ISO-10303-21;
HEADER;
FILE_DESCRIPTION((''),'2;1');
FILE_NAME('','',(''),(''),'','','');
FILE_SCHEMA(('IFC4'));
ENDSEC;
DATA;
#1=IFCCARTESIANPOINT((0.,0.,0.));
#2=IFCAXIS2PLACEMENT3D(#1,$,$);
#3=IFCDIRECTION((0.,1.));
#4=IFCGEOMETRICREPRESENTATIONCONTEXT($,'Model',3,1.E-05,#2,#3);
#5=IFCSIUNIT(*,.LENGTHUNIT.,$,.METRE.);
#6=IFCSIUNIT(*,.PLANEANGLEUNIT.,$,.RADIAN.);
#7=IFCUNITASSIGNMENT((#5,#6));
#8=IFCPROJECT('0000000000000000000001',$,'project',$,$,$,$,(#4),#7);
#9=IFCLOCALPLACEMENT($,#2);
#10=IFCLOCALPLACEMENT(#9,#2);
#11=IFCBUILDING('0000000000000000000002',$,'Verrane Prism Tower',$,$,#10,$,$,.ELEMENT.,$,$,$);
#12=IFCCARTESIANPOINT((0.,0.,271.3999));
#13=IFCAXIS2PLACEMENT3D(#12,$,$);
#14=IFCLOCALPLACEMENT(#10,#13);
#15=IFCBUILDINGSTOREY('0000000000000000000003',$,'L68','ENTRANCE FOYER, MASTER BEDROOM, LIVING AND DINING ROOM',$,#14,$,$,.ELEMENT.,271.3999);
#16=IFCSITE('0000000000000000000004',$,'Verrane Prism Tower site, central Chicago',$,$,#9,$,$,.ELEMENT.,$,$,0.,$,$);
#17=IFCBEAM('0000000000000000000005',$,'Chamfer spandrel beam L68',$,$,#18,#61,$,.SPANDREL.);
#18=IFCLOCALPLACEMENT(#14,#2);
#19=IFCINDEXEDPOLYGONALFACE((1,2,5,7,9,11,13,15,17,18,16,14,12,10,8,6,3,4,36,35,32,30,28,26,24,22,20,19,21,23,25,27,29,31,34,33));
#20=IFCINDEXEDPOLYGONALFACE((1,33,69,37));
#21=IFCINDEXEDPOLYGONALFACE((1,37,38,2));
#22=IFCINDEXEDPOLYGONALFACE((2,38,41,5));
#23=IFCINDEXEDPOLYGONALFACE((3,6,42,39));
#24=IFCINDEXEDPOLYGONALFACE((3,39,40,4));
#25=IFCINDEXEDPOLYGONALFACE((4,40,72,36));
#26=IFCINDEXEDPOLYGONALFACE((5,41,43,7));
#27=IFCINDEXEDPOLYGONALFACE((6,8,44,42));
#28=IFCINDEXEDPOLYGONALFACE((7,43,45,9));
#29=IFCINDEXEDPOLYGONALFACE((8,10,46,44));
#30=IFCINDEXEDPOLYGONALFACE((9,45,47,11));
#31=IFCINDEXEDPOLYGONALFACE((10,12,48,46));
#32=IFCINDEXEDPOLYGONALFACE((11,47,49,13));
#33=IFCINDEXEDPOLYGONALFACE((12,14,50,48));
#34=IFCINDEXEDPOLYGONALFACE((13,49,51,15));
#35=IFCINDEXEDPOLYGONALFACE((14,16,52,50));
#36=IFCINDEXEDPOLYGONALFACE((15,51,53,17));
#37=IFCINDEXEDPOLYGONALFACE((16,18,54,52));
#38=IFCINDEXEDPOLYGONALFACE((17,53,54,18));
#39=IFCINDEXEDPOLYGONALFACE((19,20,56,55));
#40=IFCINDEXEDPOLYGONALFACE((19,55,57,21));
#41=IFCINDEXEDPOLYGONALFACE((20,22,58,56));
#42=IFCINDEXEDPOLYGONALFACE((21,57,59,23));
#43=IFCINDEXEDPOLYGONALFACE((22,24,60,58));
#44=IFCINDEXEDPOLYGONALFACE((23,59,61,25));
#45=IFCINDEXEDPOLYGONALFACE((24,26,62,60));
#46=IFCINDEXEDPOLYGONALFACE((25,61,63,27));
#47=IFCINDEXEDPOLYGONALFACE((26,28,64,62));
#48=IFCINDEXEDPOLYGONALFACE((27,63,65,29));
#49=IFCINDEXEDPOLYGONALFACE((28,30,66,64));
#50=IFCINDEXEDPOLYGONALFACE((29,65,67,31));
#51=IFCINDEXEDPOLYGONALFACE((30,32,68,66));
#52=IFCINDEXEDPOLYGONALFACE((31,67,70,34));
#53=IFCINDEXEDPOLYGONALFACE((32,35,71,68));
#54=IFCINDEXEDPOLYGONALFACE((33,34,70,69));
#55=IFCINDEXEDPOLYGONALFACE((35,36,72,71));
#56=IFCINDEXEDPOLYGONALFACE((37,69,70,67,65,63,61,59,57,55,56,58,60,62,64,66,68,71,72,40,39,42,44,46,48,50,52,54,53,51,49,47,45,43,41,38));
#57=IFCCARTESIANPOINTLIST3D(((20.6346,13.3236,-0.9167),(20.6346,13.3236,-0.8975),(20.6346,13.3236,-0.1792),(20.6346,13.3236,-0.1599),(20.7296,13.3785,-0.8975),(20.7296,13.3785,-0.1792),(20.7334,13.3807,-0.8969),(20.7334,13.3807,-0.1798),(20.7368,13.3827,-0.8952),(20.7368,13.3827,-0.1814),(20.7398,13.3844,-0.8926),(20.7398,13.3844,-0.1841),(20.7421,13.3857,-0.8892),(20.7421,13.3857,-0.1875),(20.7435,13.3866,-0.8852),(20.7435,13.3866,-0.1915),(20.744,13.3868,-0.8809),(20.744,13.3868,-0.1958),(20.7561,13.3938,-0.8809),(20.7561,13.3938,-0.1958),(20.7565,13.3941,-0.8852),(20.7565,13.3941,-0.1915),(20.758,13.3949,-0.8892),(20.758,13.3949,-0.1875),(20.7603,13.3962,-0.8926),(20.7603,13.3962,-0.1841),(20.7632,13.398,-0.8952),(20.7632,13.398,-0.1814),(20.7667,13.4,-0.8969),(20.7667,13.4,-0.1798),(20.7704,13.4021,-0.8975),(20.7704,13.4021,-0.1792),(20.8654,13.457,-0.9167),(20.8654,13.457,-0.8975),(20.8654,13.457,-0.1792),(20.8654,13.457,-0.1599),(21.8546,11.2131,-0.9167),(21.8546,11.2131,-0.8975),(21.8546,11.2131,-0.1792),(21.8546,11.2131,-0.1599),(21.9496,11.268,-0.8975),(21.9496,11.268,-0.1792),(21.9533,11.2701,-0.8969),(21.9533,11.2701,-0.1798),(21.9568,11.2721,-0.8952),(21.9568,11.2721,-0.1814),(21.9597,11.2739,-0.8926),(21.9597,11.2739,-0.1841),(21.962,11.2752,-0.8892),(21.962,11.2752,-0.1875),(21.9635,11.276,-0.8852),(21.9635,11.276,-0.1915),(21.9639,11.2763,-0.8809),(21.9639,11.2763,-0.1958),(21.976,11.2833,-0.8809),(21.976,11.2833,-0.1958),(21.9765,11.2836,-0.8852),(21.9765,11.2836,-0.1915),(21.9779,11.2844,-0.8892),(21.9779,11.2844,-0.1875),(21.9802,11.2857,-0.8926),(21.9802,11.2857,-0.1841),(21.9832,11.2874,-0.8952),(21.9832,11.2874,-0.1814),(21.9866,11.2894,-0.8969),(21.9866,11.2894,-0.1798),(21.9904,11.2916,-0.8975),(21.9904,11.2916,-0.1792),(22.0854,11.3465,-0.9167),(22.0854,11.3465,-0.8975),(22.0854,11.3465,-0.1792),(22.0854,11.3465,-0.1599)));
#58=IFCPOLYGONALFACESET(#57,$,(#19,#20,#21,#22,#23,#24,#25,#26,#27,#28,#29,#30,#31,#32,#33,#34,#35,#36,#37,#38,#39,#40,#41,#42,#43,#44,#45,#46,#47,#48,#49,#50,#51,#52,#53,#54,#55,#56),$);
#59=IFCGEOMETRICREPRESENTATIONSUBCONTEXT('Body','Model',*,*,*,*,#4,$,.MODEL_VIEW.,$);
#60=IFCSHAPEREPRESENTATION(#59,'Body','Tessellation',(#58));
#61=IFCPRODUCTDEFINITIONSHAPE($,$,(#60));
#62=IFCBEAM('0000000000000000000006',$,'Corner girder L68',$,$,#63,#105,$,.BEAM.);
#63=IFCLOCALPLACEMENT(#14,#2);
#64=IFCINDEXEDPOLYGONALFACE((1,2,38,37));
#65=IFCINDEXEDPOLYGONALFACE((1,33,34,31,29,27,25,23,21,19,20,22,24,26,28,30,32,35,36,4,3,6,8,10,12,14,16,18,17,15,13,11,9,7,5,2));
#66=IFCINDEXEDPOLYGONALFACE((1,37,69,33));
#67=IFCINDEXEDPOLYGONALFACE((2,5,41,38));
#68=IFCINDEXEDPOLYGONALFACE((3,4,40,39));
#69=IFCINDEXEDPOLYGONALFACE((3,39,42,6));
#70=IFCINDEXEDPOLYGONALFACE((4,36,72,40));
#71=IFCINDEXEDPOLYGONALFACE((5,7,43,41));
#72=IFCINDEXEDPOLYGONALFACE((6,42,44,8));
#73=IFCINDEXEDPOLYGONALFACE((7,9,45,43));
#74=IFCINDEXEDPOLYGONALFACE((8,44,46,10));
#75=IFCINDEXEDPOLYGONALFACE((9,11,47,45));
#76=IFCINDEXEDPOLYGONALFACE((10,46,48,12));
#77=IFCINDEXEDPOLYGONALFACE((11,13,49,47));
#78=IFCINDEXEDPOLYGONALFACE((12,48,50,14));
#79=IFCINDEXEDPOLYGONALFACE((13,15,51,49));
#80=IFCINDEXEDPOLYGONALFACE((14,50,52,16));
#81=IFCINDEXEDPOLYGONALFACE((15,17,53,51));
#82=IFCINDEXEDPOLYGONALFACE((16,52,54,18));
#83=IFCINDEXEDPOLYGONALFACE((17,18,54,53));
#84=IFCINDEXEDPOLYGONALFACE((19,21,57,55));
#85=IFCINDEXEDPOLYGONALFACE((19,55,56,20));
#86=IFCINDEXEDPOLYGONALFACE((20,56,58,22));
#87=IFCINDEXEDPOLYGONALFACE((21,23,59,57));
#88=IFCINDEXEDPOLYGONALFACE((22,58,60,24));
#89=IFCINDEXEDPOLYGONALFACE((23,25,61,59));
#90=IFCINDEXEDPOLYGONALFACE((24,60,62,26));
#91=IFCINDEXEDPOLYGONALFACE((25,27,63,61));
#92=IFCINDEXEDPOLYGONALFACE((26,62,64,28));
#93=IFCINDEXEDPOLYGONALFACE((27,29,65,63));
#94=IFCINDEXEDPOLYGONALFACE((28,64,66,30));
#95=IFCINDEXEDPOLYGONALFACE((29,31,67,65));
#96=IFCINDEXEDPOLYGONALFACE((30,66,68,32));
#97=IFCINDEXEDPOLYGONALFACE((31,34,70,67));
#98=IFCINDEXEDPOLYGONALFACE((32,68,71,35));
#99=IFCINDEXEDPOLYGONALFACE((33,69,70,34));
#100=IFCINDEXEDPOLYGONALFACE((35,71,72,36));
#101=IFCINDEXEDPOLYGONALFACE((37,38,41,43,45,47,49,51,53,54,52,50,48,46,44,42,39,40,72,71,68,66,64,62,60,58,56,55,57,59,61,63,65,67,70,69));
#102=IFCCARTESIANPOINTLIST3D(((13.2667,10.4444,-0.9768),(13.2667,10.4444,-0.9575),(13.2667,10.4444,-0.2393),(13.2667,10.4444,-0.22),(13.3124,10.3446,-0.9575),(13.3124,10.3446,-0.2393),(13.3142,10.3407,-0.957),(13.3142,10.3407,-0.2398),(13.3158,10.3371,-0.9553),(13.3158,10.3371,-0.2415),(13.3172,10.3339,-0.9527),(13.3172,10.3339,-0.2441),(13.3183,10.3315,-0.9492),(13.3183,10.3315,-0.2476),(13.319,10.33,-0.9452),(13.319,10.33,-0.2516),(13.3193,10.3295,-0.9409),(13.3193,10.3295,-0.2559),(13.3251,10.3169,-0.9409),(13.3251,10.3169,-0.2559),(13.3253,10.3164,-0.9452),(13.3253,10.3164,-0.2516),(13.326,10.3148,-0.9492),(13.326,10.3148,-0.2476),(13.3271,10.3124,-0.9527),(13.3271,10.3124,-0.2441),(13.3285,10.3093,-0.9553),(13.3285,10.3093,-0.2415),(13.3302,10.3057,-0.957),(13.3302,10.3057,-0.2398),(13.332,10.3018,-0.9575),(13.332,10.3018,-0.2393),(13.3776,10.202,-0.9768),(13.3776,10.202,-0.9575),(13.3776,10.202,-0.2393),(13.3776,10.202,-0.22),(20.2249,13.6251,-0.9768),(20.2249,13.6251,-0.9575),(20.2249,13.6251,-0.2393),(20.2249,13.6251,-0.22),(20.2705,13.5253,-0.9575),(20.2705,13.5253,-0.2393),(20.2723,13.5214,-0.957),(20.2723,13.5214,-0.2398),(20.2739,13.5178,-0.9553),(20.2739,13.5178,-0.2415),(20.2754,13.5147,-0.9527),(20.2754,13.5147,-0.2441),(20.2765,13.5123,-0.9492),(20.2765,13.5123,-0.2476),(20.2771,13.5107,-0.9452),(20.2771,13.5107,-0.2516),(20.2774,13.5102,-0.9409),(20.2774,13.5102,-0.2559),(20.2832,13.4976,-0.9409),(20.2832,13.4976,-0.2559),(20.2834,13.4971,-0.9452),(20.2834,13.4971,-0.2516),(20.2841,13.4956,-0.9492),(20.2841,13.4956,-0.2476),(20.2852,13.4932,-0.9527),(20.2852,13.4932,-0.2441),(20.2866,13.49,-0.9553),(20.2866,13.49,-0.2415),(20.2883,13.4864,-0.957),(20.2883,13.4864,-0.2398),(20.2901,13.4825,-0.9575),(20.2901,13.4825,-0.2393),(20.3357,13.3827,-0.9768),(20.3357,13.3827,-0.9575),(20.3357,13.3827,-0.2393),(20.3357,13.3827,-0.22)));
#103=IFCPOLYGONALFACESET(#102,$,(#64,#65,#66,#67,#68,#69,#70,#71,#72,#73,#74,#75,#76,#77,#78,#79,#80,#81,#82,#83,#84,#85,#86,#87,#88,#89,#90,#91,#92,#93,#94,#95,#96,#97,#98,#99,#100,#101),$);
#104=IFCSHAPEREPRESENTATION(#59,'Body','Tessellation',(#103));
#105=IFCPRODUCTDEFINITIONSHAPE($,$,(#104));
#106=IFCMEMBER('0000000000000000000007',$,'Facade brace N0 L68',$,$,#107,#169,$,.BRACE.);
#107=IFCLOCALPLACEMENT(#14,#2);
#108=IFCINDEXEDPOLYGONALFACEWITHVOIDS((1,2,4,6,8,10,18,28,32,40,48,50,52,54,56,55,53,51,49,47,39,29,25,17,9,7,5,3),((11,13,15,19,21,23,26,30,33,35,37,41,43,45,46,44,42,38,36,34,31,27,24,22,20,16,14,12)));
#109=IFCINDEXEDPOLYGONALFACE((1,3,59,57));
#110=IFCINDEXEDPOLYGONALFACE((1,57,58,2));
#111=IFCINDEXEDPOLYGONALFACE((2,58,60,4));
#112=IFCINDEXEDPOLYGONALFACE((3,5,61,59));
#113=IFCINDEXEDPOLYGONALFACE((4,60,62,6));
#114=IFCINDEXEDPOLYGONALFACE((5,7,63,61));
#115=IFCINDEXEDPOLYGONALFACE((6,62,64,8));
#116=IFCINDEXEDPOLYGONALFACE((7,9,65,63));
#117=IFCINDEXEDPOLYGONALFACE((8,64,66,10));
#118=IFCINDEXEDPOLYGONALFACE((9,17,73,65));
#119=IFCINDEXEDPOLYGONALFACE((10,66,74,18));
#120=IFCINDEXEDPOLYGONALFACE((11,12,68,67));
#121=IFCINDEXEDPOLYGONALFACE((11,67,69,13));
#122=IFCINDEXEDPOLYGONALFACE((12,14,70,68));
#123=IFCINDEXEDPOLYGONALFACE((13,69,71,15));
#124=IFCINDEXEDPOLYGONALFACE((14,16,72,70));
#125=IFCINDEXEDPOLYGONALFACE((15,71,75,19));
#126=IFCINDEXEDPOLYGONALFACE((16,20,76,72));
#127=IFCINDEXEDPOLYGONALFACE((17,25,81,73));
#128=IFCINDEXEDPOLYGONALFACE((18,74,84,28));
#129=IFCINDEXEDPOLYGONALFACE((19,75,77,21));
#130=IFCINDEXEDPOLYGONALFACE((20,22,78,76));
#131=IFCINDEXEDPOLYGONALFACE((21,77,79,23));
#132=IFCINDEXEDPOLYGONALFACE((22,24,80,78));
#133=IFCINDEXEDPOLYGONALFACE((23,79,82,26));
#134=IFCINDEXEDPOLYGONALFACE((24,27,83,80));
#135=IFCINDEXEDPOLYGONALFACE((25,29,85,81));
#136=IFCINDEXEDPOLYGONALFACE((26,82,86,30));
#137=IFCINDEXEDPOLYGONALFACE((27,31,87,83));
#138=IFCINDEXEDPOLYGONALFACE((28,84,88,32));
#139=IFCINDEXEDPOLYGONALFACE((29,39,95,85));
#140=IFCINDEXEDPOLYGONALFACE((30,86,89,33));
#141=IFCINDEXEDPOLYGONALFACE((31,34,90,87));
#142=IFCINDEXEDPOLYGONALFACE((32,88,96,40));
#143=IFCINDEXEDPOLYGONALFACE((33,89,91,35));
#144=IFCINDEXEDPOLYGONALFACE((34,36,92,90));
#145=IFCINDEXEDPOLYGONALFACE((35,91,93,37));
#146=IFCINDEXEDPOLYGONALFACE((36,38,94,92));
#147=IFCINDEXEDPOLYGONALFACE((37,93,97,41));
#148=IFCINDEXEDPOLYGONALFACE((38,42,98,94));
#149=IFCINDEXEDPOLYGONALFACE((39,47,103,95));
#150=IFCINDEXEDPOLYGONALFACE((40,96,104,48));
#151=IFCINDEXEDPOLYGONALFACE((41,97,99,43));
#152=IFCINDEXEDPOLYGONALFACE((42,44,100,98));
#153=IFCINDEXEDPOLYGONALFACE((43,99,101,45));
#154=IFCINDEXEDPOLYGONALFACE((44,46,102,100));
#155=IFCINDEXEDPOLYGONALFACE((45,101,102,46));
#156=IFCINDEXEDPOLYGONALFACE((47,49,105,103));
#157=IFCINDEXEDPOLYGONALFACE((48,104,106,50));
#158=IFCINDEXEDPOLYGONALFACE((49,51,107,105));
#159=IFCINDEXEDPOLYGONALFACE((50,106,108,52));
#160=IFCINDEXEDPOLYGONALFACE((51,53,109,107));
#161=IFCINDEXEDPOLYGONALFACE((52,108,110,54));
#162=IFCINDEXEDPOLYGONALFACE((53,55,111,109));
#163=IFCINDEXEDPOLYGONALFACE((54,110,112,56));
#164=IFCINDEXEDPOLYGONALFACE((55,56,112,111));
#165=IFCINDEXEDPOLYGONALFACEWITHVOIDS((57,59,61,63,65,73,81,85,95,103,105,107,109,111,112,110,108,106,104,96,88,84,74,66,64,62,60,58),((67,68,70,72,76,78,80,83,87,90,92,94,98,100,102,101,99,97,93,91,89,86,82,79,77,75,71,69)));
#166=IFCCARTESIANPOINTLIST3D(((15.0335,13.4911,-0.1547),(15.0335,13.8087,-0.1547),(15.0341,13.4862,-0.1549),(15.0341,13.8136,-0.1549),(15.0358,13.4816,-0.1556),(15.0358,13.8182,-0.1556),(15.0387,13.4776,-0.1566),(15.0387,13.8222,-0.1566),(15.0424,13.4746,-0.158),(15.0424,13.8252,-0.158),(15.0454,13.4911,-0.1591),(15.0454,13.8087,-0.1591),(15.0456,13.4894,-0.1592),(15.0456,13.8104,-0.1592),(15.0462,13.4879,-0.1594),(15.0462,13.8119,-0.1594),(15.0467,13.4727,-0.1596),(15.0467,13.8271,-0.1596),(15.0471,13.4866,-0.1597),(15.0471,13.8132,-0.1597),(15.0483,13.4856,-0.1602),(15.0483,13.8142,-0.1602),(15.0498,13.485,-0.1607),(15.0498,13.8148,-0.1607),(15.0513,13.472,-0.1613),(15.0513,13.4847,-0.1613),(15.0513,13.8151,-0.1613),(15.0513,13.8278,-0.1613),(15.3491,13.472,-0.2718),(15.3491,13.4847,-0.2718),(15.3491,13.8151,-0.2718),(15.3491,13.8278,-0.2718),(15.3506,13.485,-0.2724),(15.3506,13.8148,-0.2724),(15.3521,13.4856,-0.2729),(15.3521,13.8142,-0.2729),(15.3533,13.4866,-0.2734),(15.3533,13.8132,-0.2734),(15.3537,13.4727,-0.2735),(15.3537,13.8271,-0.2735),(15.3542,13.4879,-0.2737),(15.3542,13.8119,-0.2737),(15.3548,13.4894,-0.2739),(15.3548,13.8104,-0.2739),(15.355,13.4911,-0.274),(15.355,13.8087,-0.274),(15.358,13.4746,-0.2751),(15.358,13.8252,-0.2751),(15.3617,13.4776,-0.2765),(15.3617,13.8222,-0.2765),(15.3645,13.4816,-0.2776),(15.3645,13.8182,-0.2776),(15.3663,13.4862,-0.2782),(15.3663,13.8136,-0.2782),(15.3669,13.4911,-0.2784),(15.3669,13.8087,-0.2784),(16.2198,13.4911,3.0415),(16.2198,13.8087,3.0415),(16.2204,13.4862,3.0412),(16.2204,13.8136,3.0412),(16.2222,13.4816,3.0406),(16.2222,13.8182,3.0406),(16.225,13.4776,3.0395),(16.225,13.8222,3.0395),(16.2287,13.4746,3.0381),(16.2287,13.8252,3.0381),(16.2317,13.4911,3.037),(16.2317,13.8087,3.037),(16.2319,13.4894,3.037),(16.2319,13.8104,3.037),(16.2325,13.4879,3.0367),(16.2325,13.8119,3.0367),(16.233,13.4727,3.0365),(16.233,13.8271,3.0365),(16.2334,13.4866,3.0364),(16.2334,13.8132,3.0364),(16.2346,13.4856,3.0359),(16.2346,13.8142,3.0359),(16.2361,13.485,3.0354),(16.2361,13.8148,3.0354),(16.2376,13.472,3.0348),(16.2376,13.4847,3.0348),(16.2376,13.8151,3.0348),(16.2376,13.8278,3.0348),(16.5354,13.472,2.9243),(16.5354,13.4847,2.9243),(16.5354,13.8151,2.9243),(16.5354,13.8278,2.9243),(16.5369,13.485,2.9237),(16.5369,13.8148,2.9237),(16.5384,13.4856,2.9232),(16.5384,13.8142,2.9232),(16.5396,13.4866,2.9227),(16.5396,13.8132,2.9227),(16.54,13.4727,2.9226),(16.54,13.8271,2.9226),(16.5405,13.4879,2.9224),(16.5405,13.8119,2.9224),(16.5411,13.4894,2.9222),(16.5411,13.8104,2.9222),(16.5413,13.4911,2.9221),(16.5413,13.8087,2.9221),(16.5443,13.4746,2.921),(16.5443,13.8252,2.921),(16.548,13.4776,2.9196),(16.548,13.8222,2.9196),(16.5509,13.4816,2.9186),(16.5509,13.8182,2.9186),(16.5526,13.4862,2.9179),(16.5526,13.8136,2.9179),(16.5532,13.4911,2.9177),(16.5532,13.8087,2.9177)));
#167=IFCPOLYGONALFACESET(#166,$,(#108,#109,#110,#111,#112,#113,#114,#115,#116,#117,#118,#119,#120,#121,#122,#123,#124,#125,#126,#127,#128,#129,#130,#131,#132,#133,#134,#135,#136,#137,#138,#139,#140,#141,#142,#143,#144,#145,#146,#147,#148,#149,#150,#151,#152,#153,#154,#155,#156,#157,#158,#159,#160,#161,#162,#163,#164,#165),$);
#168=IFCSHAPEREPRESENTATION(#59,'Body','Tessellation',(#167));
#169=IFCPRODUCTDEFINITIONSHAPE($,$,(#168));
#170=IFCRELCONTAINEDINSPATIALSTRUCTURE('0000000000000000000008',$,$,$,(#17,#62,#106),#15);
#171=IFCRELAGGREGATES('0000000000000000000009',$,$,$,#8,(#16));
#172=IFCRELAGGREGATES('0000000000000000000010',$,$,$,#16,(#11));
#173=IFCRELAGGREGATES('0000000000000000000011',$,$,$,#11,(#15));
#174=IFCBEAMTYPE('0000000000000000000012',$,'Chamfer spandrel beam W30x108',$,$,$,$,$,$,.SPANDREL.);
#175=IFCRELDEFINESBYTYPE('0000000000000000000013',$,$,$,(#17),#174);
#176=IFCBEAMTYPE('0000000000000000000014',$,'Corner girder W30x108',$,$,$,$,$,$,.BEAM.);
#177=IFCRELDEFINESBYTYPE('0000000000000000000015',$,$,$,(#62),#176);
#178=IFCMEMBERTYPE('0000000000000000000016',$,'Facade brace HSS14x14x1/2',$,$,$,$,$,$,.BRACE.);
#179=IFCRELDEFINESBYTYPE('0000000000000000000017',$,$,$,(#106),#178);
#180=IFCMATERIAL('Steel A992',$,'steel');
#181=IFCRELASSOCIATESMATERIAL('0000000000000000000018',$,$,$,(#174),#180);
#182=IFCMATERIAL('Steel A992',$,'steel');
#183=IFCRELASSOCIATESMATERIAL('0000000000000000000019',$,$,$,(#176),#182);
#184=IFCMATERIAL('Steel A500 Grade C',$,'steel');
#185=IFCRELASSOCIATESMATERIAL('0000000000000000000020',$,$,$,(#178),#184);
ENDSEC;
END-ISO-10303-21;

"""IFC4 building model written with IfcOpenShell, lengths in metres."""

from ifc_helpers import new_model, si_unit, direction, frame, origin, origin_2d, place, context, subcontext, project, spatial, hollow_rectangle, i_section, extrude, material, material_profile, profile_set, type_object, element, save


model = new_model("IFC4")

# Units and contexts
model_context = context("Model", 3, precision=1e-05, world=origin(), true_north=direction((0.0, 1.0)))
body_context = subcontext(model_context, "Body", "Model", "MODEL_VIEW")
ifc_project = project(units=[si_unit("LENGTHUNIT", "METRE"), si_unit("PLANEANGLEUNIT", "RADIAN")], contexts=[model_context])

# Site, building, storey
site_placement = place(None, origin())
site = spatial("IfcSite", under=ifc_project, at=site_placement, Name="Verrane Prism Tower site, central Chicago", CompositionType="ELEMENT", RefElevation=0.0)
building_placement = place(site_placement, origin())
building = spatial("IfcBuilding", under=site, at=building_placement, Name="Verrane Prism Tower", CompositionType="ELEMENT")
storey_placement = place(building_placement, frame((0.0, 0.0, 271.3999)))
storey = spatial("IfcBuildingStorey", under=building, at=storey_placement, Name="L68", Description="ENTRANCE FOYER, MASTER BEDROOM, LIVING AND DINING ROOM", CompositionType="ELEMENT", Elevation=271.3999)

# Beams
ifc_material_1 = material(Name="Steel A992", Category="steel")
ifc_material_profile_1 = material_profile(ifc_material_1, i_section(OverallWidth=0.2666, OverallDepth=0.7568, WebThickness=0.0139, FlangeThickness=0.0193, FilletRadius=0.0166, at=origin_2d()), Name="W30x108")
ifc_profile_set_1 = profile_set([ifc_material_profile_1], Name="Steel A992")
beam_type_1 = type_object("IfcBeamType", Name="Chamfer spandrel beam W30x108", PredefinedType="SPANDREL", material=ifc_profile_set_1)
beam_1_placement = place(storey_placement, frame((21.97, 11.2798, -0.5383), z_axis=(-0.500436, 0.865773, 0.0), x_axis=(-0.865773, -0.500436, 0.0)))
element("IfcBeam", 1, at=beam_1_placement, inside=storey, type_object=beam_type_1, Name="Chamfer spandrel beam L68", PredefinedType="SPANDREL", context=body_context, shape_type="SweptSolid", body=[
    extrude(i_section(OverallWidth=0.2666, OverallDepth=0.7568, WebThickness=0.0139, FlangeThickness=0.0193, FilletRadius=0.0166, at=origin_2d()), origin(), (0.0, 0.0, 1.0), 2.4377),
])
ifc_material_2 = material(Name="Steel A992", Category="steel")
ifc_material_profile_2 = material_profile(ifc_material_2, i_section(OverallWidth=0.2666, OverallDepth=0.7568, WebThickness=0.0139, FlangeThickness=0.0193, FilletRadius=0.0166, at=origin_2d()), Name="W30x108")
ifc_profile_set_2 = profile_set([ifc_material_profile_2], Name="Steel A992")
beam_type_2 = type_object("IfcBeamType", Name="Corner girder W30x108", PredefinedType="BEAM", material=ifc_profile_set_2)
beam_2_placement = place(storey_placement, frame((20.2803, 13.5039, -0.5984), z_axis=(-0.909481, -0.415745, 0.0), x_axis=(0.415745, -0.909481, 0.0)))
element("IfcBeam", 2, at=beam_2_placement, inside=storey, type_object=beam_type_2, Name="Corner girder L68", PredefinedType="BEAM", context=body_context, shape_type="SweptSolid", body=[
    extrude(i_section(OverallWidth=0.2666, OverallDepth=0.7568, WebThickness=0.0139, FlangeThickness=0.0193, FilletRadius=0.0166, at=origin_2d()), origin(), (0.0, 0.0, 1.0), 7.6506),
])

# Member
ifc_material_3 = material(Name="Steel A500 Grade C", Category="steel")
ifc_material_profile_3 = material_profile(ifc_material_3, hollow_rectangle(XDim=0.3557, YDim=0.3557, WallThickness=0.0127, InnerFilletRadius=0.0063, OuterFilletRadius=0.019, at=origin_2d()), Name="HSS14x14x1/2")
ifc_profile_set_3 = profile_set([ifc_material_profile_3], Name="Steel A500 Grade C")
member_type_1 = type_object("IfcMemberType", Name="Facade brace HSS14x14x1/2", PredefinedType="BRACE", material=ifc_profile_set_3)
member_1_placement = place(storey_placement, frame((15.2002, 13.6499, -0.2166), z_axis=(0.347974, 0.0, 0.937504), x_axis=(0.0, 1.0, 0.0)))
element("IfcMember", 3, at=member_1_placement, inside=storey, type_object=member_type_1, Name="Facade brace N0 L68", PredefinedType="BRACE", context=body_context, shape_type="SweptSolid", body=[
    extrude(hollow_rectangle(XDim=0.3557, YDim=0.3557, WallThickness=0.0127, InnerFilletRadius=0.0063, OuterFilletRadius=0.019, at=origin_2d()), origin(), (0.0, 0.0, 1.0), 3.4092),
])

save(model, "model.ifc")
